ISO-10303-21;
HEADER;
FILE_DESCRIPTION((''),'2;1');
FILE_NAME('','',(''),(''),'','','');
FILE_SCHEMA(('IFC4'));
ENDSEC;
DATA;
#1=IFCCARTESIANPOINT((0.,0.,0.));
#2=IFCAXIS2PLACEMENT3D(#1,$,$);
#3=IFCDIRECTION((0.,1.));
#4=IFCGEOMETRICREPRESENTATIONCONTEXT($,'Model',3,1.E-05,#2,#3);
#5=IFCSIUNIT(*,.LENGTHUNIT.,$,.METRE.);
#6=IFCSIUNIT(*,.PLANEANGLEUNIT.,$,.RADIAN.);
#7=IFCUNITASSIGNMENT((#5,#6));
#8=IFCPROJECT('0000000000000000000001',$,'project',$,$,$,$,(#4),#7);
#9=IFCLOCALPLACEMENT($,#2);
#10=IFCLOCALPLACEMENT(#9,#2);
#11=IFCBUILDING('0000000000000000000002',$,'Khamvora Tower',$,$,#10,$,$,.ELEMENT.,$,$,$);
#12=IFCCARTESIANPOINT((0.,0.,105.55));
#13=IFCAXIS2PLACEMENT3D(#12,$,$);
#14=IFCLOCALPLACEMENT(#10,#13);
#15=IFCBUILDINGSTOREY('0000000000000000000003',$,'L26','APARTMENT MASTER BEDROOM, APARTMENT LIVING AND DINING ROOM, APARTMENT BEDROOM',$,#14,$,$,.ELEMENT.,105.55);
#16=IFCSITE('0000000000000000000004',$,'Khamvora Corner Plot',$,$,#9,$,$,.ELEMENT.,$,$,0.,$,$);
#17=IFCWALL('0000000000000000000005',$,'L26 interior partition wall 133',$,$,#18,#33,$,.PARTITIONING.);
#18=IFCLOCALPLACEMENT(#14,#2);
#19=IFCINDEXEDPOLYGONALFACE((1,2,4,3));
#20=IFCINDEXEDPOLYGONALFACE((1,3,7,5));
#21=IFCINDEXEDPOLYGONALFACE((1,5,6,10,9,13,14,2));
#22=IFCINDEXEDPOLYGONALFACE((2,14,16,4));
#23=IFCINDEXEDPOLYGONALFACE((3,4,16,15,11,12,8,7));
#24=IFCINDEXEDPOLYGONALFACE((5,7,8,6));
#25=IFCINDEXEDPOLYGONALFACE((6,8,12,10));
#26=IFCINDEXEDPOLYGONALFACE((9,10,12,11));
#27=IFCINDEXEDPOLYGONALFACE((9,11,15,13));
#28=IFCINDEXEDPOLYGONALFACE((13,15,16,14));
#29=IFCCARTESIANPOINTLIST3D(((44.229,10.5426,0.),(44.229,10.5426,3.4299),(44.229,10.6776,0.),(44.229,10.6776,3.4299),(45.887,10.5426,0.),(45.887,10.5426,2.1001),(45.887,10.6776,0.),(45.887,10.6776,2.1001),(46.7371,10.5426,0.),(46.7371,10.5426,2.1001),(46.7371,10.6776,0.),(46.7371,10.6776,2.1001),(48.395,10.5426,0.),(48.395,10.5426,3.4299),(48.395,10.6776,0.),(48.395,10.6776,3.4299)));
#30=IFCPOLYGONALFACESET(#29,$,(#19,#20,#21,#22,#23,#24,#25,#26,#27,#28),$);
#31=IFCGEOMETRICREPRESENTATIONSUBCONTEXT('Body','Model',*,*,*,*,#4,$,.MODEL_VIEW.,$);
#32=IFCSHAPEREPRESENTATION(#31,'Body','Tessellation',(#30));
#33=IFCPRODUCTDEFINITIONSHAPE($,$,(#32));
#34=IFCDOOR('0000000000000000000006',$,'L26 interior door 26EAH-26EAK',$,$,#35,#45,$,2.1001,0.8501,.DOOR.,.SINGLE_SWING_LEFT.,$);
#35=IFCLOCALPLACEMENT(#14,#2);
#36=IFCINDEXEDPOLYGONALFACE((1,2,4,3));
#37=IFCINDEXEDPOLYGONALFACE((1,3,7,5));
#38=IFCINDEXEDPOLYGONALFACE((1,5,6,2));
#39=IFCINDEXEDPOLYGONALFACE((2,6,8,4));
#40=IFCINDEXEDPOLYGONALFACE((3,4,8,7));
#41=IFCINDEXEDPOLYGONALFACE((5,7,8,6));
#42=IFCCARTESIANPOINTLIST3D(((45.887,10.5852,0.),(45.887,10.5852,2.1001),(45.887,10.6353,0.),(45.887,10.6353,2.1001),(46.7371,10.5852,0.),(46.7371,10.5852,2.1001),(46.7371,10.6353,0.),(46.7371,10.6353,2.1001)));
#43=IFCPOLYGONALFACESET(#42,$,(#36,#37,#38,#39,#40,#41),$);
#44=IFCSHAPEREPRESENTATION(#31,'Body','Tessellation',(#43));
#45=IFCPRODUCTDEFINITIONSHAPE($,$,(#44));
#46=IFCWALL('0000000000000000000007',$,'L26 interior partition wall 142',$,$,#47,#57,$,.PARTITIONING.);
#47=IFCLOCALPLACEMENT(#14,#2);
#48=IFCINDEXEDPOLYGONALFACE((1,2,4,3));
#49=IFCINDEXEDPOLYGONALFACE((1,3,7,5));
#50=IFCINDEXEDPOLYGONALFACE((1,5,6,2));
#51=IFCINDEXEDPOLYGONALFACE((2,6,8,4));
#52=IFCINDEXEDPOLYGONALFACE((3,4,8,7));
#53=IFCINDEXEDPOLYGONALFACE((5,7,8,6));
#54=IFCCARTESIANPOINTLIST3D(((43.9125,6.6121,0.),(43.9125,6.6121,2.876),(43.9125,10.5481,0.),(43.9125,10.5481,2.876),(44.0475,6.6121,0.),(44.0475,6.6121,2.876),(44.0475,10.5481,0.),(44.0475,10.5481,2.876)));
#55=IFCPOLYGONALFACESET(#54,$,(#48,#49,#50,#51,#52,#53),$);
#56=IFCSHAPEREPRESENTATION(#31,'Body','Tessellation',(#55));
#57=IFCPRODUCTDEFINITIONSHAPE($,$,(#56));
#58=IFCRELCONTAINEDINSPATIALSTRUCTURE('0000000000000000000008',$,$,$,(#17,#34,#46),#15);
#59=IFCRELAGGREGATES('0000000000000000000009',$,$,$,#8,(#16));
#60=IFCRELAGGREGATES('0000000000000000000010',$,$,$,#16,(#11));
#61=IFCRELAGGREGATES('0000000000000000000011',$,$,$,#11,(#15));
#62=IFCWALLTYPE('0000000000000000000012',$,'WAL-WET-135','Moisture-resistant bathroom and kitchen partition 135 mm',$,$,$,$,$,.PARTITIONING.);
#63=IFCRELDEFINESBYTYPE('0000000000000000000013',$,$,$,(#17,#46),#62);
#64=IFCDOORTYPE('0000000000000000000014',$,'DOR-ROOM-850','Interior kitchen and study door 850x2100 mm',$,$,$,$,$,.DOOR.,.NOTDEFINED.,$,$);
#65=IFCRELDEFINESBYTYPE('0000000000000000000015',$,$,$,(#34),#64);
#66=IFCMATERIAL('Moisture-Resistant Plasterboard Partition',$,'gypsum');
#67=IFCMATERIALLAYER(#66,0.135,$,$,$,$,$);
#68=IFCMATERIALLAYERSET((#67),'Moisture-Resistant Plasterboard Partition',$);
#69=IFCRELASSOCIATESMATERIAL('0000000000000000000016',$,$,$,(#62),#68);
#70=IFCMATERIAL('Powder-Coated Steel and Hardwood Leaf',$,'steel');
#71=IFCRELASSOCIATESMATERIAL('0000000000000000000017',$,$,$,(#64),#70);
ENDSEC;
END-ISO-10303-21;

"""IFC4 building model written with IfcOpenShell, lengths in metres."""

from ifc_helpers import new_model, si_unit, direction, frame, frame_2d, origin, place, context, subcontext, project, spatial, rectangle, extrude, material, layer, layer_set, type_object, element, fill, save


model = new_model("IFC4")

# Units and contexts
model_context = context("Model", 3, precision=1e-05, world=origin(), true_north=direction((0.0, 1.0)))
body_context = subcontext(model_context, "Body", "Model", "MODEL_VIEW")
ifc_project = project(units=[si_unit("LENGTHUNIT", "METRE"), si_unit("PLANEANGLEUNIT", "RADIAN")], contexts=[model_context])

# Site, building, storey
site_placement = place(None, origin())
site = spatial("IfcSite", under=ifc_project, at=site_placement, Name="Khamvora Corner Plot", CompositionType="ELEMENT", RefElevation=0.0)
building_placement = place(site_placement, origin())
building = spatial("IfcBuilding", under=site, at=building_placement, Name="Khamvora Tower", CompositionType="ELEMENT")
storey_placement = place(building_placement, frame((0.0, 0.0, 105.55)))
storey = spatial("IfcBuildingStorey", under=building, at=storey_placement, Name="L26", Description="APARTMENT MASTER BEDROOM, APARTMENT LIVING AND DINING ROOM, APARTMENT BEDROOM", CompositionType="ELEMENT", Elevation=105.55)

# Wall, opening, door
ifc_material_1 = material(Name="Powder-Coated Steel and Hardwood Leaf", Category="steel")
ifc_material_2 = material(Name="Moisture-Resistant Plasterboard Partition", Category="gypsum")
ifc_layer_1 = layer(ifc_material_2, 0.135)
ifc_layer_set_1 = layer_set([ifc_layer_1], Name="Moisture-Resistant Plasterboard Partition")
wall_type_1 = type_object("IfcWallType", Name="WAL-WET-135", Description="Moisture-resistant bathroom and kitchen partition 135 mm", PredefinedType="PARTITIONING", material=ifc_layer_set_1)
wall_1_placement = place(storey_placement, frame((48.395, 10.6101, 0.0), z_axis=(0.0, 0.0, 1.0), x_axis=(-1.0, 0.0, 0.0)))
wall_1 = element("IfcWall", 1, at=wall_1_placement, inside=storey, type_object=wall_type_1, Name="L26 interior partition wall 133", PredefinedType="PARTITIONING", context=body_context, shape_type="SweptSolid", body=[
    extrude(rectangle(XDim=4.166, YDim=0.135, at=frame_2d((2.083, 0.0))), origin(), (0.0, 0.0, 1.0), 3.4299),
])
opening_1_placement = place(wall_1_placement, frame((1.658, 0.0, 0.0)))
opening_1 = element("IfcOpeningElement", 2, at=opening_1_placement, cuts=wall_1, PredefinedType="OPENING", context=body_context, shape_type="SweptSolid", body=[
    extrude(rectangle(XDim=0.8501, YDim=2.1001, at=frame_2d((0.425, 1.05))), frame((0.0, 0.0774, 0.0), z_axis=(0.0, -1.0, 0.0), x_axis=(1.0, 0.0, 0.0)), (0.0, 0.0, 1.0), 0.155),
])
door_type_1 = type_object("IfcDoorType", Name="DOR-ROOM-850", Description="Interior kitchen and study door 850x2100 mm", OperationType="NOTDEFINED", PredefinedType="DOOR", material=ifc_material_1)
door_1_placement = place(opening_1_placement, origin())
door_1 = element("IfcDoor", 3, at=door_1_placement, inside=storey, type_object=door_type_1, Name="L26 interior door 26EAH-26EAK", OperationType="SINGLE_SWING_LEFT", OverallHeight=2.1001, OverallWidth=0.8501, PredefinedType="DOOR", context=body_context, shape_type="SweptSolid", body=[
    extrude(rectangle(XDim=0.8501, YDim=2.1001, at=frame_2d((0.425, 1.05))), frame((0.0, 0.0249, 0.0), z_axis=(0.0, -1.0, 0.0), x_axis=(1.0, 0.0, 0.0)), (0.0, 0.0, 1.0), 0.05),
])
fill(opening_1, door_1)

# Wall
wall_2_placement = place(storey_placement, frame((43.98, 10.5481, 0.0), z_axis=(0.0, 0.0, 1.0), x_axis=(0.0, -1.0, 0.0)))
element("IfcWall", 4, at=wall_2_placement, inside=storey, type_object=wall_type_1, Name="L26 interior partition wall 142", PredefinedType="PARTITIONING", context=body_context, shape_type="SweptSolid", body=[
    extrude(rectangle(XDim=3.936, YDim=0.135, at=frame_2d((1.968, 0.0))), origin(), (0.0, 0.0, 1.0), 2.876),
])

save(model, "model.ifc")
